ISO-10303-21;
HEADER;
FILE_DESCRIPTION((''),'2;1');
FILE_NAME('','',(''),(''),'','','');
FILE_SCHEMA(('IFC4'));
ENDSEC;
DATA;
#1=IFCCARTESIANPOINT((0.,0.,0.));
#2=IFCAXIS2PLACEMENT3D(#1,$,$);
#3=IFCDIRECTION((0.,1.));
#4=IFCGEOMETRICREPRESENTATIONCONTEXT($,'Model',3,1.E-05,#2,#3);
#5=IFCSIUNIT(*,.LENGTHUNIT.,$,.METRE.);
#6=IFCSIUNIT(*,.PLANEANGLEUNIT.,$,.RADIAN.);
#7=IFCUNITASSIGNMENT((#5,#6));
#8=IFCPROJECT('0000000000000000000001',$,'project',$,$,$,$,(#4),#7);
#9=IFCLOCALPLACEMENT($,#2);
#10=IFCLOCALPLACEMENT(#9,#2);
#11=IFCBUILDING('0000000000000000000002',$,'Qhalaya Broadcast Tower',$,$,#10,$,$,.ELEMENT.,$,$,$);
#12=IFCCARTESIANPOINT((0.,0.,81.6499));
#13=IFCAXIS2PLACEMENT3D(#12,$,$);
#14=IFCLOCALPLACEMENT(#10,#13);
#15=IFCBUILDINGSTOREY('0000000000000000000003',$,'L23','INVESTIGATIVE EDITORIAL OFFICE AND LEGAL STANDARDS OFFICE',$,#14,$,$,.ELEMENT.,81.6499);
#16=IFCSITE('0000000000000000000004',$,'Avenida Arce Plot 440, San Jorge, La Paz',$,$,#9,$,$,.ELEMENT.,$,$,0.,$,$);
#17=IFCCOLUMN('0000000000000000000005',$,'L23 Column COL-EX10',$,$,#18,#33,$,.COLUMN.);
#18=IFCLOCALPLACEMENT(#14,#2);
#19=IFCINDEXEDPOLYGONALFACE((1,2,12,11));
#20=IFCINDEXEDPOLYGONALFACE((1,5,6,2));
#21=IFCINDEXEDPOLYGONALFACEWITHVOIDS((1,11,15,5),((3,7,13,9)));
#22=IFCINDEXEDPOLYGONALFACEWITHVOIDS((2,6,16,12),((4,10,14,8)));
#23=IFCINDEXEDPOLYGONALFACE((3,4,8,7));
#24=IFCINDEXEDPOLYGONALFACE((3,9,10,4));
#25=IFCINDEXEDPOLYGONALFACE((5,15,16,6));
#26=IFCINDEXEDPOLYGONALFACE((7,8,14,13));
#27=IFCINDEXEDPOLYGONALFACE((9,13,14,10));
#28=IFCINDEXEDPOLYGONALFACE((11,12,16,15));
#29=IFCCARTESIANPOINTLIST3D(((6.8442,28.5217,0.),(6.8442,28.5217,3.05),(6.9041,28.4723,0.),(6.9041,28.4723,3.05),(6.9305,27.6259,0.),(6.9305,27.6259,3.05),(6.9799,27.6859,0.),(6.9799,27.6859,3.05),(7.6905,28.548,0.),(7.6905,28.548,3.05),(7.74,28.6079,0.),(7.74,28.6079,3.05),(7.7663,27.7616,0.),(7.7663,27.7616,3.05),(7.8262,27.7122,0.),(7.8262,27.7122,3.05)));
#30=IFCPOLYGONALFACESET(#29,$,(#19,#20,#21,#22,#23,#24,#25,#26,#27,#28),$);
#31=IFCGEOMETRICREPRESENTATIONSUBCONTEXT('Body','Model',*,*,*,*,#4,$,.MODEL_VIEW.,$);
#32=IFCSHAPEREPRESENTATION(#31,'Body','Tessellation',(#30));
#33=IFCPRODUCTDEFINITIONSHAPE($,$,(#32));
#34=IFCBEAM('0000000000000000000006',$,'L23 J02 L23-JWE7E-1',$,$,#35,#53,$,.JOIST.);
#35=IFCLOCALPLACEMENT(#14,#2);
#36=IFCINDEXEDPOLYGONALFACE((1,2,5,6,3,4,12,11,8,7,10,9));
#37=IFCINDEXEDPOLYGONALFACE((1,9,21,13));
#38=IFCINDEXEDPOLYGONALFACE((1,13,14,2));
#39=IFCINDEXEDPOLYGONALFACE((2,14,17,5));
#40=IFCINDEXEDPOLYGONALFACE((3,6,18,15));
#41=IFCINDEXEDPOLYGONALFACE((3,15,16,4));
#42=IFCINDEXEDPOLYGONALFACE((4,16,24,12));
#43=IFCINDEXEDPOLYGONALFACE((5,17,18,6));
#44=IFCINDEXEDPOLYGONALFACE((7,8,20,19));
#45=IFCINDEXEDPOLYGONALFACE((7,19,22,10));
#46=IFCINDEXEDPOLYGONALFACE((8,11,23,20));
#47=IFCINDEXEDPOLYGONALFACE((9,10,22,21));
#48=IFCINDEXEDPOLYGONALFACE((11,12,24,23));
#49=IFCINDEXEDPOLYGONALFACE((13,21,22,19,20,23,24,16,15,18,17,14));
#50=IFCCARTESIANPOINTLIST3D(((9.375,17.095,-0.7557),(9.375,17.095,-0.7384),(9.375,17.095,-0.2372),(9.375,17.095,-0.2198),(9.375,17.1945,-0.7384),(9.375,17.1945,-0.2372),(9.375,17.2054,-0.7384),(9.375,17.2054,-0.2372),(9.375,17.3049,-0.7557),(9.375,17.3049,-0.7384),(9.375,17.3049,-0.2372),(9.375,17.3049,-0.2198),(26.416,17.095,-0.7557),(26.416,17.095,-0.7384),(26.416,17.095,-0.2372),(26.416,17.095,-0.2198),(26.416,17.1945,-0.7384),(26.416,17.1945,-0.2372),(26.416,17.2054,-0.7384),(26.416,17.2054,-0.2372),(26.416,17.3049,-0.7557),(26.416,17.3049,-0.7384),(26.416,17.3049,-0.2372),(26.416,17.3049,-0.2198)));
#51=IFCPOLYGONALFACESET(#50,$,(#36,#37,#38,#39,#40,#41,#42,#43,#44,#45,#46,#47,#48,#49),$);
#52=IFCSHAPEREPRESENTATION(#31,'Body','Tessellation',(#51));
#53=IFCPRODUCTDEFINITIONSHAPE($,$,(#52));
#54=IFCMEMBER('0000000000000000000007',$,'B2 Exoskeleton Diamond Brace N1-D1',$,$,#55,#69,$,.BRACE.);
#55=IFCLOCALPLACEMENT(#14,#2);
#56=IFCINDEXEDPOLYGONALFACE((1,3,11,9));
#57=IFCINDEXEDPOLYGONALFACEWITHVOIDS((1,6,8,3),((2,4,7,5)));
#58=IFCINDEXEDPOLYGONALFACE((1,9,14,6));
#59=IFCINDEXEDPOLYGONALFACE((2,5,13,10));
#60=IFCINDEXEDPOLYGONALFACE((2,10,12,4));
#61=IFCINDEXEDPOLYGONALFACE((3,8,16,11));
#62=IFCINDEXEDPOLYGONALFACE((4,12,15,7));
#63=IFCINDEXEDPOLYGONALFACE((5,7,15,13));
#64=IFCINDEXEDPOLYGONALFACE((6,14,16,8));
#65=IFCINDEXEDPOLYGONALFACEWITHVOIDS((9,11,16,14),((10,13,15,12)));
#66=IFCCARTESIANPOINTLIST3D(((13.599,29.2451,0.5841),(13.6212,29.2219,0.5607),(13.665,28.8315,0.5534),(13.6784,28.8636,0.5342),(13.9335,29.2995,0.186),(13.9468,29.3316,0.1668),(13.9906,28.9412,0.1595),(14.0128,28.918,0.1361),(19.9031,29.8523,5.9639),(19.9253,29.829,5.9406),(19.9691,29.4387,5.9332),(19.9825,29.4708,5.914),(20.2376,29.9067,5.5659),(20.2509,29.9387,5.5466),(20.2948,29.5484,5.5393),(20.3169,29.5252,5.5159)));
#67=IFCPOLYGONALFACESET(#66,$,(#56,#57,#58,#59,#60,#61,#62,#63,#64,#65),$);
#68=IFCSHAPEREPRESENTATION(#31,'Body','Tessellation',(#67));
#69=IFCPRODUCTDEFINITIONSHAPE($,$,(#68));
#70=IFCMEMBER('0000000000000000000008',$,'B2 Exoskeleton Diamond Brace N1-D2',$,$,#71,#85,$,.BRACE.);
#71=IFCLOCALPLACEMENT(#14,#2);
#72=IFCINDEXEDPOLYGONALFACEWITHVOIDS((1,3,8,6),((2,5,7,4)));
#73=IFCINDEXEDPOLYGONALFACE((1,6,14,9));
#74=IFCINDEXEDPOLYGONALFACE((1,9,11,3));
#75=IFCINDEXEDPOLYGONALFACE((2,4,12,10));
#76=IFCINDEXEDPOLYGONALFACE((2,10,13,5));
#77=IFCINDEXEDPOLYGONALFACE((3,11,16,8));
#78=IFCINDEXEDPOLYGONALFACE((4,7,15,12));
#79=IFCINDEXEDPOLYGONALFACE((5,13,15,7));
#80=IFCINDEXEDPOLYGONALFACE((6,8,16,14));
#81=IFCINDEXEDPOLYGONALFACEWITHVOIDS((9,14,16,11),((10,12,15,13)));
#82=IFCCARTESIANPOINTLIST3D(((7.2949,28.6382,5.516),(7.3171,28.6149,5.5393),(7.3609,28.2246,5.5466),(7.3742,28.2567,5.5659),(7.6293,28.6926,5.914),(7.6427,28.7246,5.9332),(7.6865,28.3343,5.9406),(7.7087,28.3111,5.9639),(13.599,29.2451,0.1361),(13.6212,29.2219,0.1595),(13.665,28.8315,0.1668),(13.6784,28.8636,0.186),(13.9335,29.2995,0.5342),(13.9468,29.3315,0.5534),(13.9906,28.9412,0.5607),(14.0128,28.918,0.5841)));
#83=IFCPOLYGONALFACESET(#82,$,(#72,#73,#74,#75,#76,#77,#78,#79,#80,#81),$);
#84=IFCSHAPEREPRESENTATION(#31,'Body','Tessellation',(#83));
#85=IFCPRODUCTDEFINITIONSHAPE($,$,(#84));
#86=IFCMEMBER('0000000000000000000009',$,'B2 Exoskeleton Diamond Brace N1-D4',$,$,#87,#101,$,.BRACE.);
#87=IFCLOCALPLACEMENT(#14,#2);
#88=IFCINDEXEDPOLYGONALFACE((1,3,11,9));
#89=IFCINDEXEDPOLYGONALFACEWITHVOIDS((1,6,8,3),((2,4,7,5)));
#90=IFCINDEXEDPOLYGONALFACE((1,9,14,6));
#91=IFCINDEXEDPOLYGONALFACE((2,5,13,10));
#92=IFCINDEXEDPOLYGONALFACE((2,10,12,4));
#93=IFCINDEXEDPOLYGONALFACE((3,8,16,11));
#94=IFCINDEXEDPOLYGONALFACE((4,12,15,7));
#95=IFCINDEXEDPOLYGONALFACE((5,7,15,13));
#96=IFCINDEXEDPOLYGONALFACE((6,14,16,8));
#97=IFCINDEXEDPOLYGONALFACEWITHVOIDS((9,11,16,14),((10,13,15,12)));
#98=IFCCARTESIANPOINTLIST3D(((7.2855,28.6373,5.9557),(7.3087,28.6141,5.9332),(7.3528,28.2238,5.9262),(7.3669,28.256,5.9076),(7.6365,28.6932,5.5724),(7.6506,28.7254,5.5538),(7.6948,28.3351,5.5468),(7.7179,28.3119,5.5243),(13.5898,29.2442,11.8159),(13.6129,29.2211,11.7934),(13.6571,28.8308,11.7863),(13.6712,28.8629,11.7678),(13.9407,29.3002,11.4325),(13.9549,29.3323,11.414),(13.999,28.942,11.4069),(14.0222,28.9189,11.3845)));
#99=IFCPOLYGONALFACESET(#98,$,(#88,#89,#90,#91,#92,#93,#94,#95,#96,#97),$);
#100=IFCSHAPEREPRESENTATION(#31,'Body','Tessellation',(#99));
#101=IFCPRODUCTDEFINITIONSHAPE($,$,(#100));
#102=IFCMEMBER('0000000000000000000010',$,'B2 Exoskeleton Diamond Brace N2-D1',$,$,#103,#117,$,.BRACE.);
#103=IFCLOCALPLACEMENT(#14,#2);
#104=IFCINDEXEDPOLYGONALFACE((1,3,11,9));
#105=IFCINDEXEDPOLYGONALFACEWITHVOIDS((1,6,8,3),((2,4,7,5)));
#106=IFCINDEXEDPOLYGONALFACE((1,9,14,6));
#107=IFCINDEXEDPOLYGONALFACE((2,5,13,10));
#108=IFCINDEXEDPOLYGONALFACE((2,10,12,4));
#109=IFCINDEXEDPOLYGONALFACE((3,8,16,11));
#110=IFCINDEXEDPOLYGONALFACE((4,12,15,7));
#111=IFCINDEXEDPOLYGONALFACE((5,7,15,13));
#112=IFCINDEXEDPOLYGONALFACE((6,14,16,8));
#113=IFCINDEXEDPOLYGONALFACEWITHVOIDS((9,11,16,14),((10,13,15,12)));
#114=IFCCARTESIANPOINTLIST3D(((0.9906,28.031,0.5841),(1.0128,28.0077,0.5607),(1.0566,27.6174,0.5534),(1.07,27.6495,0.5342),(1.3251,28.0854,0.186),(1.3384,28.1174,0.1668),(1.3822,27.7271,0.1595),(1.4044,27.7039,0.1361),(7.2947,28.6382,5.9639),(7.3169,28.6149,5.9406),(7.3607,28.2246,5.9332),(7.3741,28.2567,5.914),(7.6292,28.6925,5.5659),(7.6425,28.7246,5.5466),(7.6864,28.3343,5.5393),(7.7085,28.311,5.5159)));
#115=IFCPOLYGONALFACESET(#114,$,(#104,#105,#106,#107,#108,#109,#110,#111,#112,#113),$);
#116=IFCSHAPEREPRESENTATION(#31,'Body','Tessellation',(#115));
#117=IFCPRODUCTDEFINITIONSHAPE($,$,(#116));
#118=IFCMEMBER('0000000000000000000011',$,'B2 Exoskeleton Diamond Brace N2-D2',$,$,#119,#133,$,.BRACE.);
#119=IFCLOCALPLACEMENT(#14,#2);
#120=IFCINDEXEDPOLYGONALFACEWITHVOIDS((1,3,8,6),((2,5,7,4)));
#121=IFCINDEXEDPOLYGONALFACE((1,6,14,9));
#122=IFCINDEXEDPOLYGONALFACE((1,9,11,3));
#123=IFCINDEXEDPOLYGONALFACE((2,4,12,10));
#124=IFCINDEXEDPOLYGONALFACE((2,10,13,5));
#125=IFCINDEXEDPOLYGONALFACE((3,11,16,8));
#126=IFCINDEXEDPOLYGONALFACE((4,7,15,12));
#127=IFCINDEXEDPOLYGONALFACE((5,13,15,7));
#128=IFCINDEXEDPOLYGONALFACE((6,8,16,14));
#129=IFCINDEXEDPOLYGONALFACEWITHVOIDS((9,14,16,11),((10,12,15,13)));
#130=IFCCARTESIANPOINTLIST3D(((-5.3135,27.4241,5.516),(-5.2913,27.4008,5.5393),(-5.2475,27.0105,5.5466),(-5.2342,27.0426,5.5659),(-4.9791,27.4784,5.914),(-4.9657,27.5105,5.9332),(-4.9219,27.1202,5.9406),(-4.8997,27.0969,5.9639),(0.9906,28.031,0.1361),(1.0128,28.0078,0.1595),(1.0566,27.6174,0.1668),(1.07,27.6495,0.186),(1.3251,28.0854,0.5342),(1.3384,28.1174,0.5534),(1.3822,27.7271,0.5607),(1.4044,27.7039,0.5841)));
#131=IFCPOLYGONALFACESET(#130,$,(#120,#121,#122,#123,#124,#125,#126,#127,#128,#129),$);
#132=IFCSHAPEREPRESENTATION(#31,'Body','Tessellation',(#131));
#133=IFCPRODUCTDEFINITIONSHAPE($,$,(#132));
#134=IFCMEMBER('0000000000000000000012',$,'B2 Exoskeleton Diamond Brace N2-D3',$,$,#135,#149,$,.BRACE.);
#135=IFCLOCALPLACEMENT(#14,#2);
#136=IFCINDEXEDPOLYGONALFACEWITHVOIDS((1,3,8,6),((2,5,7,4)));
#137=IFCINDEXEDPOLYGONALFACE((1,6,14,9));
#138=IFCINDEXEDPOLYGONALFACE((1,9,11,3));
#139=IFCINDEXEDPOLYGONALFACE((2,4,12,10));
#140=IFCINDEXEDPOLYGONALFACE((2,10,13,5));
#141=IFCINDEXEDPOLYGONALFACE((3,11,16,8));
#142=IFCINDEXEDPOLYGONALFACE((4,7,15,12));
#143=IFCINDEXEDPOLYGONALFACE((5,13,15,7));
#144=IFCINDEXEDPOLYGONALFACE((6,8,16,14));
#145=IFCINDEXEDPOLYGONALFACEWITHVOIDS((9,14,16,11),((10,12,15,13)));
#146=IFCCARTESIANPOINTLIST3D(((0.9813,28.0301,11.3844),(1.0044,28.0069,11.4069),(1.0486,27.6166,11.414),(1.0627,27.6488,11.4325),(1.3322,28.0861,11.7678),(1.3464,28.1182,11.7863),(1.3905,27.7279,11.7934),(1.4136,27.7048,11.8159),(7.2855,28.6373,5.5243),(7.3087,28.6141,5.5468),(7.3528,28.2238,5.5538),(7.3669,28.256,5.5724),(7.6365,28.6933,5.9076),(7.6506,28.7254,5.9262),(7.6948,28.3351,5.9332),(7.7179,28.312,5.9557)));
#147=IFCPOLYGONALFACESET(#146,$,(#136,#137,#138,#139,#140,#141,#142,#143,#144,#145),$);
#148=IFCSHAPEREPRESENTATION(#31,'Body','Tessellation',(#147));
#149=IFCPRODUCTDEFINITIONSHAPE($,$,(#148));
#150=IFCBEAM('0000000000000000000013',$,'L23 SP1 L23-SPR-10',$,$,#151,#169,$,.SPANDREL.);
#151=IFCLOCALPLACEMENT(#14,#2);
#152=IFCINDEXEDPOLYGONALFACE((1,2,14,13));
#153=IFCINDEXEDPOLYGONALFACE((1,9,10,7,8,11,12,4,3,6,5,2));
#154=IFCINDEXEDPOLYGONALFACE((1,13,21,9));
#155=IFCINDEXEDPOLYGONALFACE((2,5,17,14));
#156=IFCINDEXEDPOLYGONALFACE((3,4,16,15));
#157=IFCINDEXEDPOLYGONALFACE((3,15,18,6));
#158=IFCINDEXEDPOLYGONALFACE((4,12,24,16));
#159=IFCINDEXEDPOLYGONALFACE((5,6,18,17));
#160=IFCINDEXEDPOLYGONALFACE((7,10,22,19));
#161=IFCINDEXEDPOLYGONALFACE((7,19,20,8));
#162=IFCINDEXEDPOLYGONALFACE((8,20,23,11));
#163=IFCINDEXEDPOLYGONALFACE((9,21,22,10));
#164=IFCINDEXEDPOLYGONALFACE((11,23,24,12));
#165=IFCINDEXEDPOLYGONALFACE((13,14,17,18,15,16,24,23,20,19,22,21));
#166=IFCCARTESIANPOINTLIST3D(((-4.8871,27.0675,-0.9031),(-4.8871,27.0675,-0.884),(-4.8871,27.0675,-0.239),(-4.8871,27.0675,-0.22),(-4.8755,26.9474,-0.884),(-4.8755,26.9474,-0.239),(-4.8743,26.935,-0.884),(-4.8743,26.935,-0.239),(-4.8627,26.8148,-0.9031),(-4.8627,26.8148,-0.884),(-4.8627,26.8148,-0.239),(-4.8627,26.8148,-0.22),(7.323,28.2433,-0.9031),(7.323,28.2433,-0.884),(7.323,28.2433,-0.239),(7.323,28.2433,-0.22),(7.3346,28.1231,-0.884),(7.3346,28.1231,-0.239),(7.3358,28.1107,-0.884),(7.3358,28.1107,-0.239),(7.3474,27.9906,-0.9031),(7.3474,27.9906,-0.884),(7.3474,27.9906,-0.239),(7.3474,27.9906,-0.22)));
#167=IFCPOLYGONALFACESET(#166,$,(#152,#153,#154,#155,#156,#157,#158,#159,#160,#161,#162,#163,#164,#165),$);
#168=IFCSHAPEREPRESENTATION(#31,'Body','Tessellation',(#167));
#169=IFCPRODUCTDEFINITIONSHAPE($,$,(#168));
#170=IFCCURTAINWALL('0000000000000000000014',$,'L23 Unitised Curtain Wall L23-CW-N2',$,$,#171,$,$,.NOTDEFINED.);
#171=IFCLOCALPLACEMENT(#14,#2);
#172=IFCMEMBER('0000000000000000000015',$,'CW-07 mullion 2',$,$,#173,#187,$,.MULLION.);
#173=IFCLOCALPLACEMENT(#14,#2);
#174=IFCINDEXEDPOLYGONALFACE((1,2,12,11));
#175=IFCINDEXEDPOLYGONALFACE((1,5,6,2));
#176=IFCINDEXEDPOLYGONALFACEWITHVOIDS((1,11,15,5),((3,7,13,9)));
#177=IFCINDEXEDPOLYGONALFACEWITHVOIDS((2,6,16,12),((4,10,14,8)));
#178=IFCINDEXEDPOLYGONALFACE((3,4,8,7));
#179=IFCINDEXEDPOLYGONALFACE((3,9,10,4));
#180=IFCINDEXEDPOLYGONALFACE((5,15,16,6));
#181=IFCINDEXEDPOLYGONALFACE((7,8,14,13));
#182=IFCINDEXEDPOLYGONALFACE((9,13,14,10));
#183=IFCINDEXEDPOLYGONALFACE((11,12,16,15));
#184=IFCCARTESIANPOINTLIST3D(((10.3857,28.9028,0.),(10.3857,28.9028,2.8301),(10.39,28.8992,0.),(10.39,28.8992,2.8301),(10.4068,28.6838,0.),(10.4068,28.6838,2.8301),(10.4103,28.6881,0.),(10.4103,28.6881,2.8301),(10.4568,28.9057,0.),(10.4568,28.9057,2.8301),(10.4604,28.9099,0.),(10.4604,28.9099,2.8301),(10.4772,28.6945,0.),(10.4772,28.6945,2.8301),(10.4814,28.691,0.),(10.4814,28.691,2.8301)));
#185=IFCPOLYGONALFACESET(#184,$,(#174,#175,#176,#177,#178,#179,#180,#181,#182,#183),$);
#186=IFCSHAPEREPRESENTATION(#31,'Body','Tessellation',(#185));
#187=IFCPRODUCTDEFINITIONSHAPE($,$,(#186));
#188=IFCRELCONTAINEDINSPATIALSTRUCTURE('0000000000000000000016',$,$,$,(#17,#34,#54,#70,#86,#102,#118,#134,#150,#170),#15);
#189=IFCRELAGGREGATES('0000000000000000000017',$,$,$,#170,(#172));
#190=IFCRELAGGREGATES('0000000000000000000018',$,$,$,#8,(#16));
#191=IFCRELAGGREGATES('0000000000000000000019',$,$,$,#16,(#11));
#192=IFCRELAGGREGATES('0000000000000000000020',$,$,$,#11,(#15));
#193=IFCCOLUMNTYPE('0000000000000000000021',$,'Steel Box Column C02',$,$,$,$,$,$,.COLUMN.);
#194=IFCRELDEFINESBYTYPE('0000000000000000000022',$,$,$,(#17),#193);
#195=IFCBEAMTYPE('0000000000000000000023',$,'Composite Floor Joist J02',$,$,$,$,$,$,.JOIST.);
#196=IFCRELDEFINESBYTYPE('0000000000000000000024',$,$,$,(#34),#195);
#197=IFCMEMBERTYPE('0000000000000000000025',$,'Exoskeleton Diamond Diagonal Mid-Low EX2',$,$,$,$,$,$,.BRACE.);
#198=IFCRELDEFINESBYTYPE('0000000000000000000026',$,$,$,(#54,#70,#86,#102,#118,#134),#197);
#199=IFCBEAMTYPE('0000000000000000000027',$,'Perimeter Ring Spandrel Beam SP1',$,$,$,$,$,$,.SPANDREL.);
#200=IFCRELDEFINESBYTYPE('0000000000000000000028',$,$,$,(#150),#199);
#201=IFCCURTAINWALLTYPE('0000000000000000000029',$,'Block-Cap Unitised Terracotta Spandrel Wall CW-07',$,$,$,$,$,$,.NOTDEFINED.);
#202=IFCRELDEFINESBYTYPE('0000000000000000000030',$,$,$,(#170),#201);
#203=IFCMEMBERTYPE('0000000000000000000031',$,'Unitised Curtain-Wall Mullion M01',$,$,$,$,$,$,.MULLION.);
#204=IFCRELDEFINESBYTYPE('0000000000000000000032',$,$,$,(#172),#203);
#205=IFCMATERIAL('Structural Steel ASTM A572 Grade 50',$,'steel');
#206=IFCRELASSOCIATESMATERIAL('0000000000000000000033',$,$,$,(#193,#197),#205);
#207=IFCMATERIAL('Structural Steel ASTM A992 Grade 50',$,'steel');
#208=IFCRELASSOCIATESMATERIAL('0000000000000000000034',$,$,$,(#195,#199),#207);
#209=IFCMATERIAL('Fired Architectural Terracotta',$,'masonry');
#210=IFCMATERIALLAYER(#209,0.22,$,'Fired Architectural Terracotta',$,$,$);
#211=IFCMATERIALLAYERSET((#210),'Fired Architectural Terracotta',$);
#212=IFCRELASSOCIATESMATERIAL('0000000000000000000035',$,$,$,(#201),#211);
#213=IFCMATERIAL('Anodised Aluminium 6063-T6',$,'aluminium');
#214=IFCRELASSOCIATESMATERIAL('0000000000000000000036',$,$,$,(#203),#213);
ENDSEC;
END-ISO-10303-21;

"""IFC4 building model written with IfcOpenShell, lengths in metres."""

from ifc_helpers import new_model, si_unit, direction, frame, origin, origin_2d, place, context, subcontext, project, spatial, hollow_rectangle, i_section, extrude, material, layer, layer_set, material_profile, profile_set, type_object, element, aggregate, save


model = new_model("IFC4")

# Units and contexts
model_context = context("Model", 3, precision=1e-05, world=origin(), true_north=direction((0.0, 1.0)))
body_context = subcontext(model_context, "Body", "Model", "MODEL_VIEW")
ifc_project = project(units=[si_unit("LENGTHUNIT", "METRE"), si_unit("PLANEANGLEUNIT", "RADIAN")], contexts=[model_context])

# Site, building, storey
site_placement = place(None, origin())
site = spatial("IfcSite", under=ifc_project, at=site_placement, Name="Avenida Arce Plot 440, San Jorge, La Paz", CompositionType="ELEMENT", RefElevation=0.0)
building_placement = place(site_placement, origin())
building = spatial("IfcBuilding", under=site, at=building_placement, Name="Qhalaya Broadcast Tower", CompositionType="ELEMENT")
storey_placement = place(building_placement, frame((0.0, 0.0, 81.6499)))
storey = spatial("IfcBuildingStorey", under=building, at=storey_placement, Name="L23", Description="INVESTIGATIVE EDITORIAL OFFICE AND LEGAL STANDARDS OFFICE", CompositionType="ELEMENT", Elevation=81.6499)

# Column
ifc_material_1 = material(Name="Structural Steel ASTM A572 Grade 50", Category="steel")
ifc_material_profile_1 = material_profile(ifc_material_1, hollow_rectangle(XDim=0.8999, YDim=0.8999, WallThickness=0.0549, at=origin_2d()), Name="BOX 900x900x55")
ifc_profile_set_1 = profile_set([ifc_material_profile_1], Name="Structural Steel ASTM A572 Grade 50")
column_type = type_object("IfcColumnType", Name="Steel Box Column C02", PredefinedType="COLUMN", material=ifc_profile_set_1)
column_placement = place(storey_placement, frame((7.3352, 28.1169, 0.0), z_axis=(0.0, 0.0, 1.0), x_axis=(0.995396, 0.095846, 0.0)))
element("IfcColumn", 1, at=column_placement, inside=storey, type_object=column_type, Name="L23 Column COL-EX10", PredefinedType="COLUMN", context=body_context, shape_type="SweptSolid", body=[
    extrude(hollow_rectangle(XDim=0.8999, YDim=0.8999, WallThickness=0.0549, at=origin_2d()), origin(), (0.0, 0.0, 1.0), 3.05),
])

# Beam
ifc_material_2 = material(Name="Structural Steel ASTM A992 Grade 50", Category="steel")
ifc_material_profile_2 = material_profile(ifc_material_2, i_section(OverallWidth=0.21, OverallDepth=0.5359, WebThickness=0.011, FlangeThickness=0.0173, at=origin_2d()), Name="W21X68")
ifc_profile_set_2 = profile_set([ifc_material_profile_2], Name="Structural Steel ASTM A992 Grade 50")
beam_type_1 = type_object("IfcBeamType", Name="Composite Floor Joist J02", PredefinedType="JOIST", material=ifc_profile_set_2)
beam_1_placement = place(storey_placement, frame((9.375, 17.2, -0.4878), z_axis=(1.0, 0.0, 0.0), x_axis=(0.0, 1.0, 0.0)))
element("IfcBeam", 2, at=beam_1_placement, inside=storey, type_object=beam_type_1, Name="L23 J02 L23-JWE7E-1", PredefinedType="JOIST", context=body_context, shape_type="SweptSolid", body=[
    extrude(i_section(OverallWidth=0.21, OverallDepth=0.5359, WebThickness=0.011, FlangeThickness=0.0173, at=origin_2d()), origin(), (0.0, 0.0, 1.0), 17.041),
])

# Members
ifc_material_profile_3 = material_profile(ifc_material_1, hollow_rectangle(XDim=0.4199, YDim=0.55, WallThickness=0.0281, at=origin_2d()), Name="BOX 420x550x28")
ifc_profile_set_3 = profile_set([ifc_material_profile_3], Name="Structural Steel ASTM A572 Grade 50")
member_type_1 = type_object("IfcMemberType", Name="Exoskeleton Diamond Diagonal Mid-Low EX2", PredefinedType="BRACE", material=ifc_profile_set_3)
for number, where, z_axis, x_axis, name in (
    (3, (13.8059, 29.0815, 0.3601), (0.758636, 0.073067, 0.647405), (-0.157193, 0.984862, 0.073048), "B2 Exoskeleton Diamond Brace N1-D1"),
    (4, (13.8059, 29.0815, 0.3601), (-0.758637, -0.073037, 0.647406), (0.157156, -0.984869, 0.073048), "B2 Exoskeleton Diamond Brace N1-D2"),
):
    element("IfcMember", number, at=place(storey_placement, frame(where, z_axis=z_axis, x_axis=x_axis)), inside=storey, type_object=member_type_1, Name=name, PredefinedType="BRACE", context=body_context, shape_type="SweptSolid", body=[
        extrude(hollow_rectangle(XDim=0.4199, YDim=0.55, WallThickness=0.0281, at=origin_2d()), origin(), (0.0, 0.0, 1.0), 8.3098),
    ])
member_1_placement = place(storey_placement, frame((7.5017, 28.4746, 5.74), z_axis=(0.73062, 0.07034, 0.679152), x_axis=(-0.160184, 0.984577, 0.070351)))
element("IfcMember", 5, at=member_1_placement, inside=storey, type_object=member_type_1, Name="B2 Exoskeleton Diamond Brace N1-D4", PredefinedType="BRACE", context=body_context, shape_type="SweptSolid", body=[
    extrude(hollow_rectangle(XDim=0.4199, YDim=0.55, WallThickness=0.0281, at=origin_2d()), origin(), (0.0, 0.0, 1.0), 8.6287),
])
for number, where, z_axis, x_axis, name in (
    (6, (1.1975, 27.8674, 0.3601), (0.758636, 0.073067, 0.647405), (-0.157193, 0.984862, 0.073048), "B2 Exoskeleton Diamond Brace N2-D1"),
    (7, (1.1975, 27.8674, 0.3601), (-0.758637, -0.073037, 0.647406), (0.157156, -0.984869, 0.073048), "B2 Exoskeleton Diamond Brace N2-D2"),
):
    element("IfcMember", number, at=place(storey_placement, frame(where, z_axis=z_axis, x_axis=x_axis)), inside=storey, type_object=member_type_1, Name=name, PredefinedType="BRACE", context=body_context, shape_type="SweptSolid", body=[
        extrude(hollow_rectangle(XDim=0.4199, YDim=0.55, WallThickness=0.0281, at=origin_2d()), origin(), (0.0, 0.0, 1.0), 8.3098),
    ])
member_2_placement = place(storey_placement, frame((7.5017, 28.4746, 5.74), z_axis=(-0.730618, -0.070368, 0.679151), x_axis=(0.160222, -0.984571, 0.070351)))
element("IfcMember", 8, at=member_2_placement, inside=storey, type_object=member_type_1, Name="B2 Exoskeleton Diamond Brace N2-D3", PredefinedType="BRACE", context=body_context, shape_type="SweptSolid", body=[
    extrude(hollow_rectangle(XDim=0.4199, YDim=0.55, WallThickness=0.0281, at=origin_2d()), origin(), (0.0, 0.0, 1.0), 8.6287),
])

# Beam
ifc_material_profile_4 = material_profile(ifc_material_2, i_section(OverallWidth=0.2539, OverallDepth=0.6831, WebThickness=0.0125, FlangeThickness=0.019, at=origin_2d()), Name="W27X94")
ifc_profile_set_4 = profile_set([ifc_material_profile_4], Name="Structural Steel ASTM A992 Grade 50")
beam_type_2 = type_object("IfcBeamType", Name="Perimeter Ring Spandrel Beam SP1", PredefinedType="SPANDREL", material=ifc_profile_set_4)
beam_2_placement = place(storey_placement, frame((7.3352, 28.1169, -0.5615), z_axis=(-0.995396, -0.095852, 0.0), x_axis=(0.095852, -0.995396, 0.0)))
element("IfcBeam", 9, at=beam_2_placement, inside=storey, type_object=beam_type_2, Name="L23 SP1 L23-SPR-10", PredefinedType="SPANDREL", context=body_context, shape_type="SweptSolid", body=[
    extrude(i_section(OverallWidth=0.2539, OverallDepth=0.6831, WebThickness=0.0125, FlangeThickness=0.019, at=origin_2d()), origin(), (0.0, 0.0, 1.0), 12.2666),
])

# Curtain wall, member
ifc_material_3 = material(Name="Fired Architectural Terracotta", Category="masonry")
ifc_layer_1 = layer(ifc_material_3, 0.22, Name="Fired Architectural Terracotta")
ifc_layer_set_1 = layer_set([ifc_layer_1], Name="Fired Architectural Terracotta")
curtain_wall_type_1 = type_object("IfcCurtainWallType", Name="Block-Cap Unitised Terracotta Spandrel Wall CW-07", PredefinedType="NOTDEFINED", material=ifc_layer_set_1)
curtain_wall_1_placement = place(storey_placement, origin())
curtain_wall_1 = element("IfcCurtainWall", 10, at=curtain_wall_1_placement, inside=storey, type_object=curtain_wall_type_1, Name="L23 Unitised Curtain Wall L23-CW-N2", PredefinedType="NOTDEFINED")
ifc_material_4 = material(Name="Anodised Aluminium 6063-T6", Category="aluminium")
ifc_material_profile_5 = material_profile(ifc_material_4, hollow_rectangle(XDim=0.075, YDim=0.22, WallThickness=0.0039, at=origin_2d()), Name="ALU-MUL 75x220x4")
ifc_profile_set_5 = profile_set([ifc_material_profile_5], Name="Anodised Aluminium 6063-T6")
member_type_2 = type_object("IfcMemberType", Name="Unitised Curtain-Wall Mullion M01", PredefinedType="MULLION", material=ifc_profile_set_5)
member_3_placement = place(storey_placement, frame((10.4336, 28.7969, 0.0), z_axis=(0.0, 0.0, 1.0), x_axis=(-0.995396, -0.09585, 0.0)))
member_3 = element("IfcMember", 11, at=member_3_placement, type_object=member_type_2, Name="CW-07 mullion 2", PredefinedType="MULLION", context=body_context, shape_type="SweptSolid", body=[
    extrude(hollow_rectangle(XDim=0.075, YDim=0.22, WallThickness=0.0039, at=origin_2d()), origin(), (0.0, 0.0, 1.0), 2.8301),
])

aggregate(curtain_wall_1, [member_3])

save(model, "model.ifc")
